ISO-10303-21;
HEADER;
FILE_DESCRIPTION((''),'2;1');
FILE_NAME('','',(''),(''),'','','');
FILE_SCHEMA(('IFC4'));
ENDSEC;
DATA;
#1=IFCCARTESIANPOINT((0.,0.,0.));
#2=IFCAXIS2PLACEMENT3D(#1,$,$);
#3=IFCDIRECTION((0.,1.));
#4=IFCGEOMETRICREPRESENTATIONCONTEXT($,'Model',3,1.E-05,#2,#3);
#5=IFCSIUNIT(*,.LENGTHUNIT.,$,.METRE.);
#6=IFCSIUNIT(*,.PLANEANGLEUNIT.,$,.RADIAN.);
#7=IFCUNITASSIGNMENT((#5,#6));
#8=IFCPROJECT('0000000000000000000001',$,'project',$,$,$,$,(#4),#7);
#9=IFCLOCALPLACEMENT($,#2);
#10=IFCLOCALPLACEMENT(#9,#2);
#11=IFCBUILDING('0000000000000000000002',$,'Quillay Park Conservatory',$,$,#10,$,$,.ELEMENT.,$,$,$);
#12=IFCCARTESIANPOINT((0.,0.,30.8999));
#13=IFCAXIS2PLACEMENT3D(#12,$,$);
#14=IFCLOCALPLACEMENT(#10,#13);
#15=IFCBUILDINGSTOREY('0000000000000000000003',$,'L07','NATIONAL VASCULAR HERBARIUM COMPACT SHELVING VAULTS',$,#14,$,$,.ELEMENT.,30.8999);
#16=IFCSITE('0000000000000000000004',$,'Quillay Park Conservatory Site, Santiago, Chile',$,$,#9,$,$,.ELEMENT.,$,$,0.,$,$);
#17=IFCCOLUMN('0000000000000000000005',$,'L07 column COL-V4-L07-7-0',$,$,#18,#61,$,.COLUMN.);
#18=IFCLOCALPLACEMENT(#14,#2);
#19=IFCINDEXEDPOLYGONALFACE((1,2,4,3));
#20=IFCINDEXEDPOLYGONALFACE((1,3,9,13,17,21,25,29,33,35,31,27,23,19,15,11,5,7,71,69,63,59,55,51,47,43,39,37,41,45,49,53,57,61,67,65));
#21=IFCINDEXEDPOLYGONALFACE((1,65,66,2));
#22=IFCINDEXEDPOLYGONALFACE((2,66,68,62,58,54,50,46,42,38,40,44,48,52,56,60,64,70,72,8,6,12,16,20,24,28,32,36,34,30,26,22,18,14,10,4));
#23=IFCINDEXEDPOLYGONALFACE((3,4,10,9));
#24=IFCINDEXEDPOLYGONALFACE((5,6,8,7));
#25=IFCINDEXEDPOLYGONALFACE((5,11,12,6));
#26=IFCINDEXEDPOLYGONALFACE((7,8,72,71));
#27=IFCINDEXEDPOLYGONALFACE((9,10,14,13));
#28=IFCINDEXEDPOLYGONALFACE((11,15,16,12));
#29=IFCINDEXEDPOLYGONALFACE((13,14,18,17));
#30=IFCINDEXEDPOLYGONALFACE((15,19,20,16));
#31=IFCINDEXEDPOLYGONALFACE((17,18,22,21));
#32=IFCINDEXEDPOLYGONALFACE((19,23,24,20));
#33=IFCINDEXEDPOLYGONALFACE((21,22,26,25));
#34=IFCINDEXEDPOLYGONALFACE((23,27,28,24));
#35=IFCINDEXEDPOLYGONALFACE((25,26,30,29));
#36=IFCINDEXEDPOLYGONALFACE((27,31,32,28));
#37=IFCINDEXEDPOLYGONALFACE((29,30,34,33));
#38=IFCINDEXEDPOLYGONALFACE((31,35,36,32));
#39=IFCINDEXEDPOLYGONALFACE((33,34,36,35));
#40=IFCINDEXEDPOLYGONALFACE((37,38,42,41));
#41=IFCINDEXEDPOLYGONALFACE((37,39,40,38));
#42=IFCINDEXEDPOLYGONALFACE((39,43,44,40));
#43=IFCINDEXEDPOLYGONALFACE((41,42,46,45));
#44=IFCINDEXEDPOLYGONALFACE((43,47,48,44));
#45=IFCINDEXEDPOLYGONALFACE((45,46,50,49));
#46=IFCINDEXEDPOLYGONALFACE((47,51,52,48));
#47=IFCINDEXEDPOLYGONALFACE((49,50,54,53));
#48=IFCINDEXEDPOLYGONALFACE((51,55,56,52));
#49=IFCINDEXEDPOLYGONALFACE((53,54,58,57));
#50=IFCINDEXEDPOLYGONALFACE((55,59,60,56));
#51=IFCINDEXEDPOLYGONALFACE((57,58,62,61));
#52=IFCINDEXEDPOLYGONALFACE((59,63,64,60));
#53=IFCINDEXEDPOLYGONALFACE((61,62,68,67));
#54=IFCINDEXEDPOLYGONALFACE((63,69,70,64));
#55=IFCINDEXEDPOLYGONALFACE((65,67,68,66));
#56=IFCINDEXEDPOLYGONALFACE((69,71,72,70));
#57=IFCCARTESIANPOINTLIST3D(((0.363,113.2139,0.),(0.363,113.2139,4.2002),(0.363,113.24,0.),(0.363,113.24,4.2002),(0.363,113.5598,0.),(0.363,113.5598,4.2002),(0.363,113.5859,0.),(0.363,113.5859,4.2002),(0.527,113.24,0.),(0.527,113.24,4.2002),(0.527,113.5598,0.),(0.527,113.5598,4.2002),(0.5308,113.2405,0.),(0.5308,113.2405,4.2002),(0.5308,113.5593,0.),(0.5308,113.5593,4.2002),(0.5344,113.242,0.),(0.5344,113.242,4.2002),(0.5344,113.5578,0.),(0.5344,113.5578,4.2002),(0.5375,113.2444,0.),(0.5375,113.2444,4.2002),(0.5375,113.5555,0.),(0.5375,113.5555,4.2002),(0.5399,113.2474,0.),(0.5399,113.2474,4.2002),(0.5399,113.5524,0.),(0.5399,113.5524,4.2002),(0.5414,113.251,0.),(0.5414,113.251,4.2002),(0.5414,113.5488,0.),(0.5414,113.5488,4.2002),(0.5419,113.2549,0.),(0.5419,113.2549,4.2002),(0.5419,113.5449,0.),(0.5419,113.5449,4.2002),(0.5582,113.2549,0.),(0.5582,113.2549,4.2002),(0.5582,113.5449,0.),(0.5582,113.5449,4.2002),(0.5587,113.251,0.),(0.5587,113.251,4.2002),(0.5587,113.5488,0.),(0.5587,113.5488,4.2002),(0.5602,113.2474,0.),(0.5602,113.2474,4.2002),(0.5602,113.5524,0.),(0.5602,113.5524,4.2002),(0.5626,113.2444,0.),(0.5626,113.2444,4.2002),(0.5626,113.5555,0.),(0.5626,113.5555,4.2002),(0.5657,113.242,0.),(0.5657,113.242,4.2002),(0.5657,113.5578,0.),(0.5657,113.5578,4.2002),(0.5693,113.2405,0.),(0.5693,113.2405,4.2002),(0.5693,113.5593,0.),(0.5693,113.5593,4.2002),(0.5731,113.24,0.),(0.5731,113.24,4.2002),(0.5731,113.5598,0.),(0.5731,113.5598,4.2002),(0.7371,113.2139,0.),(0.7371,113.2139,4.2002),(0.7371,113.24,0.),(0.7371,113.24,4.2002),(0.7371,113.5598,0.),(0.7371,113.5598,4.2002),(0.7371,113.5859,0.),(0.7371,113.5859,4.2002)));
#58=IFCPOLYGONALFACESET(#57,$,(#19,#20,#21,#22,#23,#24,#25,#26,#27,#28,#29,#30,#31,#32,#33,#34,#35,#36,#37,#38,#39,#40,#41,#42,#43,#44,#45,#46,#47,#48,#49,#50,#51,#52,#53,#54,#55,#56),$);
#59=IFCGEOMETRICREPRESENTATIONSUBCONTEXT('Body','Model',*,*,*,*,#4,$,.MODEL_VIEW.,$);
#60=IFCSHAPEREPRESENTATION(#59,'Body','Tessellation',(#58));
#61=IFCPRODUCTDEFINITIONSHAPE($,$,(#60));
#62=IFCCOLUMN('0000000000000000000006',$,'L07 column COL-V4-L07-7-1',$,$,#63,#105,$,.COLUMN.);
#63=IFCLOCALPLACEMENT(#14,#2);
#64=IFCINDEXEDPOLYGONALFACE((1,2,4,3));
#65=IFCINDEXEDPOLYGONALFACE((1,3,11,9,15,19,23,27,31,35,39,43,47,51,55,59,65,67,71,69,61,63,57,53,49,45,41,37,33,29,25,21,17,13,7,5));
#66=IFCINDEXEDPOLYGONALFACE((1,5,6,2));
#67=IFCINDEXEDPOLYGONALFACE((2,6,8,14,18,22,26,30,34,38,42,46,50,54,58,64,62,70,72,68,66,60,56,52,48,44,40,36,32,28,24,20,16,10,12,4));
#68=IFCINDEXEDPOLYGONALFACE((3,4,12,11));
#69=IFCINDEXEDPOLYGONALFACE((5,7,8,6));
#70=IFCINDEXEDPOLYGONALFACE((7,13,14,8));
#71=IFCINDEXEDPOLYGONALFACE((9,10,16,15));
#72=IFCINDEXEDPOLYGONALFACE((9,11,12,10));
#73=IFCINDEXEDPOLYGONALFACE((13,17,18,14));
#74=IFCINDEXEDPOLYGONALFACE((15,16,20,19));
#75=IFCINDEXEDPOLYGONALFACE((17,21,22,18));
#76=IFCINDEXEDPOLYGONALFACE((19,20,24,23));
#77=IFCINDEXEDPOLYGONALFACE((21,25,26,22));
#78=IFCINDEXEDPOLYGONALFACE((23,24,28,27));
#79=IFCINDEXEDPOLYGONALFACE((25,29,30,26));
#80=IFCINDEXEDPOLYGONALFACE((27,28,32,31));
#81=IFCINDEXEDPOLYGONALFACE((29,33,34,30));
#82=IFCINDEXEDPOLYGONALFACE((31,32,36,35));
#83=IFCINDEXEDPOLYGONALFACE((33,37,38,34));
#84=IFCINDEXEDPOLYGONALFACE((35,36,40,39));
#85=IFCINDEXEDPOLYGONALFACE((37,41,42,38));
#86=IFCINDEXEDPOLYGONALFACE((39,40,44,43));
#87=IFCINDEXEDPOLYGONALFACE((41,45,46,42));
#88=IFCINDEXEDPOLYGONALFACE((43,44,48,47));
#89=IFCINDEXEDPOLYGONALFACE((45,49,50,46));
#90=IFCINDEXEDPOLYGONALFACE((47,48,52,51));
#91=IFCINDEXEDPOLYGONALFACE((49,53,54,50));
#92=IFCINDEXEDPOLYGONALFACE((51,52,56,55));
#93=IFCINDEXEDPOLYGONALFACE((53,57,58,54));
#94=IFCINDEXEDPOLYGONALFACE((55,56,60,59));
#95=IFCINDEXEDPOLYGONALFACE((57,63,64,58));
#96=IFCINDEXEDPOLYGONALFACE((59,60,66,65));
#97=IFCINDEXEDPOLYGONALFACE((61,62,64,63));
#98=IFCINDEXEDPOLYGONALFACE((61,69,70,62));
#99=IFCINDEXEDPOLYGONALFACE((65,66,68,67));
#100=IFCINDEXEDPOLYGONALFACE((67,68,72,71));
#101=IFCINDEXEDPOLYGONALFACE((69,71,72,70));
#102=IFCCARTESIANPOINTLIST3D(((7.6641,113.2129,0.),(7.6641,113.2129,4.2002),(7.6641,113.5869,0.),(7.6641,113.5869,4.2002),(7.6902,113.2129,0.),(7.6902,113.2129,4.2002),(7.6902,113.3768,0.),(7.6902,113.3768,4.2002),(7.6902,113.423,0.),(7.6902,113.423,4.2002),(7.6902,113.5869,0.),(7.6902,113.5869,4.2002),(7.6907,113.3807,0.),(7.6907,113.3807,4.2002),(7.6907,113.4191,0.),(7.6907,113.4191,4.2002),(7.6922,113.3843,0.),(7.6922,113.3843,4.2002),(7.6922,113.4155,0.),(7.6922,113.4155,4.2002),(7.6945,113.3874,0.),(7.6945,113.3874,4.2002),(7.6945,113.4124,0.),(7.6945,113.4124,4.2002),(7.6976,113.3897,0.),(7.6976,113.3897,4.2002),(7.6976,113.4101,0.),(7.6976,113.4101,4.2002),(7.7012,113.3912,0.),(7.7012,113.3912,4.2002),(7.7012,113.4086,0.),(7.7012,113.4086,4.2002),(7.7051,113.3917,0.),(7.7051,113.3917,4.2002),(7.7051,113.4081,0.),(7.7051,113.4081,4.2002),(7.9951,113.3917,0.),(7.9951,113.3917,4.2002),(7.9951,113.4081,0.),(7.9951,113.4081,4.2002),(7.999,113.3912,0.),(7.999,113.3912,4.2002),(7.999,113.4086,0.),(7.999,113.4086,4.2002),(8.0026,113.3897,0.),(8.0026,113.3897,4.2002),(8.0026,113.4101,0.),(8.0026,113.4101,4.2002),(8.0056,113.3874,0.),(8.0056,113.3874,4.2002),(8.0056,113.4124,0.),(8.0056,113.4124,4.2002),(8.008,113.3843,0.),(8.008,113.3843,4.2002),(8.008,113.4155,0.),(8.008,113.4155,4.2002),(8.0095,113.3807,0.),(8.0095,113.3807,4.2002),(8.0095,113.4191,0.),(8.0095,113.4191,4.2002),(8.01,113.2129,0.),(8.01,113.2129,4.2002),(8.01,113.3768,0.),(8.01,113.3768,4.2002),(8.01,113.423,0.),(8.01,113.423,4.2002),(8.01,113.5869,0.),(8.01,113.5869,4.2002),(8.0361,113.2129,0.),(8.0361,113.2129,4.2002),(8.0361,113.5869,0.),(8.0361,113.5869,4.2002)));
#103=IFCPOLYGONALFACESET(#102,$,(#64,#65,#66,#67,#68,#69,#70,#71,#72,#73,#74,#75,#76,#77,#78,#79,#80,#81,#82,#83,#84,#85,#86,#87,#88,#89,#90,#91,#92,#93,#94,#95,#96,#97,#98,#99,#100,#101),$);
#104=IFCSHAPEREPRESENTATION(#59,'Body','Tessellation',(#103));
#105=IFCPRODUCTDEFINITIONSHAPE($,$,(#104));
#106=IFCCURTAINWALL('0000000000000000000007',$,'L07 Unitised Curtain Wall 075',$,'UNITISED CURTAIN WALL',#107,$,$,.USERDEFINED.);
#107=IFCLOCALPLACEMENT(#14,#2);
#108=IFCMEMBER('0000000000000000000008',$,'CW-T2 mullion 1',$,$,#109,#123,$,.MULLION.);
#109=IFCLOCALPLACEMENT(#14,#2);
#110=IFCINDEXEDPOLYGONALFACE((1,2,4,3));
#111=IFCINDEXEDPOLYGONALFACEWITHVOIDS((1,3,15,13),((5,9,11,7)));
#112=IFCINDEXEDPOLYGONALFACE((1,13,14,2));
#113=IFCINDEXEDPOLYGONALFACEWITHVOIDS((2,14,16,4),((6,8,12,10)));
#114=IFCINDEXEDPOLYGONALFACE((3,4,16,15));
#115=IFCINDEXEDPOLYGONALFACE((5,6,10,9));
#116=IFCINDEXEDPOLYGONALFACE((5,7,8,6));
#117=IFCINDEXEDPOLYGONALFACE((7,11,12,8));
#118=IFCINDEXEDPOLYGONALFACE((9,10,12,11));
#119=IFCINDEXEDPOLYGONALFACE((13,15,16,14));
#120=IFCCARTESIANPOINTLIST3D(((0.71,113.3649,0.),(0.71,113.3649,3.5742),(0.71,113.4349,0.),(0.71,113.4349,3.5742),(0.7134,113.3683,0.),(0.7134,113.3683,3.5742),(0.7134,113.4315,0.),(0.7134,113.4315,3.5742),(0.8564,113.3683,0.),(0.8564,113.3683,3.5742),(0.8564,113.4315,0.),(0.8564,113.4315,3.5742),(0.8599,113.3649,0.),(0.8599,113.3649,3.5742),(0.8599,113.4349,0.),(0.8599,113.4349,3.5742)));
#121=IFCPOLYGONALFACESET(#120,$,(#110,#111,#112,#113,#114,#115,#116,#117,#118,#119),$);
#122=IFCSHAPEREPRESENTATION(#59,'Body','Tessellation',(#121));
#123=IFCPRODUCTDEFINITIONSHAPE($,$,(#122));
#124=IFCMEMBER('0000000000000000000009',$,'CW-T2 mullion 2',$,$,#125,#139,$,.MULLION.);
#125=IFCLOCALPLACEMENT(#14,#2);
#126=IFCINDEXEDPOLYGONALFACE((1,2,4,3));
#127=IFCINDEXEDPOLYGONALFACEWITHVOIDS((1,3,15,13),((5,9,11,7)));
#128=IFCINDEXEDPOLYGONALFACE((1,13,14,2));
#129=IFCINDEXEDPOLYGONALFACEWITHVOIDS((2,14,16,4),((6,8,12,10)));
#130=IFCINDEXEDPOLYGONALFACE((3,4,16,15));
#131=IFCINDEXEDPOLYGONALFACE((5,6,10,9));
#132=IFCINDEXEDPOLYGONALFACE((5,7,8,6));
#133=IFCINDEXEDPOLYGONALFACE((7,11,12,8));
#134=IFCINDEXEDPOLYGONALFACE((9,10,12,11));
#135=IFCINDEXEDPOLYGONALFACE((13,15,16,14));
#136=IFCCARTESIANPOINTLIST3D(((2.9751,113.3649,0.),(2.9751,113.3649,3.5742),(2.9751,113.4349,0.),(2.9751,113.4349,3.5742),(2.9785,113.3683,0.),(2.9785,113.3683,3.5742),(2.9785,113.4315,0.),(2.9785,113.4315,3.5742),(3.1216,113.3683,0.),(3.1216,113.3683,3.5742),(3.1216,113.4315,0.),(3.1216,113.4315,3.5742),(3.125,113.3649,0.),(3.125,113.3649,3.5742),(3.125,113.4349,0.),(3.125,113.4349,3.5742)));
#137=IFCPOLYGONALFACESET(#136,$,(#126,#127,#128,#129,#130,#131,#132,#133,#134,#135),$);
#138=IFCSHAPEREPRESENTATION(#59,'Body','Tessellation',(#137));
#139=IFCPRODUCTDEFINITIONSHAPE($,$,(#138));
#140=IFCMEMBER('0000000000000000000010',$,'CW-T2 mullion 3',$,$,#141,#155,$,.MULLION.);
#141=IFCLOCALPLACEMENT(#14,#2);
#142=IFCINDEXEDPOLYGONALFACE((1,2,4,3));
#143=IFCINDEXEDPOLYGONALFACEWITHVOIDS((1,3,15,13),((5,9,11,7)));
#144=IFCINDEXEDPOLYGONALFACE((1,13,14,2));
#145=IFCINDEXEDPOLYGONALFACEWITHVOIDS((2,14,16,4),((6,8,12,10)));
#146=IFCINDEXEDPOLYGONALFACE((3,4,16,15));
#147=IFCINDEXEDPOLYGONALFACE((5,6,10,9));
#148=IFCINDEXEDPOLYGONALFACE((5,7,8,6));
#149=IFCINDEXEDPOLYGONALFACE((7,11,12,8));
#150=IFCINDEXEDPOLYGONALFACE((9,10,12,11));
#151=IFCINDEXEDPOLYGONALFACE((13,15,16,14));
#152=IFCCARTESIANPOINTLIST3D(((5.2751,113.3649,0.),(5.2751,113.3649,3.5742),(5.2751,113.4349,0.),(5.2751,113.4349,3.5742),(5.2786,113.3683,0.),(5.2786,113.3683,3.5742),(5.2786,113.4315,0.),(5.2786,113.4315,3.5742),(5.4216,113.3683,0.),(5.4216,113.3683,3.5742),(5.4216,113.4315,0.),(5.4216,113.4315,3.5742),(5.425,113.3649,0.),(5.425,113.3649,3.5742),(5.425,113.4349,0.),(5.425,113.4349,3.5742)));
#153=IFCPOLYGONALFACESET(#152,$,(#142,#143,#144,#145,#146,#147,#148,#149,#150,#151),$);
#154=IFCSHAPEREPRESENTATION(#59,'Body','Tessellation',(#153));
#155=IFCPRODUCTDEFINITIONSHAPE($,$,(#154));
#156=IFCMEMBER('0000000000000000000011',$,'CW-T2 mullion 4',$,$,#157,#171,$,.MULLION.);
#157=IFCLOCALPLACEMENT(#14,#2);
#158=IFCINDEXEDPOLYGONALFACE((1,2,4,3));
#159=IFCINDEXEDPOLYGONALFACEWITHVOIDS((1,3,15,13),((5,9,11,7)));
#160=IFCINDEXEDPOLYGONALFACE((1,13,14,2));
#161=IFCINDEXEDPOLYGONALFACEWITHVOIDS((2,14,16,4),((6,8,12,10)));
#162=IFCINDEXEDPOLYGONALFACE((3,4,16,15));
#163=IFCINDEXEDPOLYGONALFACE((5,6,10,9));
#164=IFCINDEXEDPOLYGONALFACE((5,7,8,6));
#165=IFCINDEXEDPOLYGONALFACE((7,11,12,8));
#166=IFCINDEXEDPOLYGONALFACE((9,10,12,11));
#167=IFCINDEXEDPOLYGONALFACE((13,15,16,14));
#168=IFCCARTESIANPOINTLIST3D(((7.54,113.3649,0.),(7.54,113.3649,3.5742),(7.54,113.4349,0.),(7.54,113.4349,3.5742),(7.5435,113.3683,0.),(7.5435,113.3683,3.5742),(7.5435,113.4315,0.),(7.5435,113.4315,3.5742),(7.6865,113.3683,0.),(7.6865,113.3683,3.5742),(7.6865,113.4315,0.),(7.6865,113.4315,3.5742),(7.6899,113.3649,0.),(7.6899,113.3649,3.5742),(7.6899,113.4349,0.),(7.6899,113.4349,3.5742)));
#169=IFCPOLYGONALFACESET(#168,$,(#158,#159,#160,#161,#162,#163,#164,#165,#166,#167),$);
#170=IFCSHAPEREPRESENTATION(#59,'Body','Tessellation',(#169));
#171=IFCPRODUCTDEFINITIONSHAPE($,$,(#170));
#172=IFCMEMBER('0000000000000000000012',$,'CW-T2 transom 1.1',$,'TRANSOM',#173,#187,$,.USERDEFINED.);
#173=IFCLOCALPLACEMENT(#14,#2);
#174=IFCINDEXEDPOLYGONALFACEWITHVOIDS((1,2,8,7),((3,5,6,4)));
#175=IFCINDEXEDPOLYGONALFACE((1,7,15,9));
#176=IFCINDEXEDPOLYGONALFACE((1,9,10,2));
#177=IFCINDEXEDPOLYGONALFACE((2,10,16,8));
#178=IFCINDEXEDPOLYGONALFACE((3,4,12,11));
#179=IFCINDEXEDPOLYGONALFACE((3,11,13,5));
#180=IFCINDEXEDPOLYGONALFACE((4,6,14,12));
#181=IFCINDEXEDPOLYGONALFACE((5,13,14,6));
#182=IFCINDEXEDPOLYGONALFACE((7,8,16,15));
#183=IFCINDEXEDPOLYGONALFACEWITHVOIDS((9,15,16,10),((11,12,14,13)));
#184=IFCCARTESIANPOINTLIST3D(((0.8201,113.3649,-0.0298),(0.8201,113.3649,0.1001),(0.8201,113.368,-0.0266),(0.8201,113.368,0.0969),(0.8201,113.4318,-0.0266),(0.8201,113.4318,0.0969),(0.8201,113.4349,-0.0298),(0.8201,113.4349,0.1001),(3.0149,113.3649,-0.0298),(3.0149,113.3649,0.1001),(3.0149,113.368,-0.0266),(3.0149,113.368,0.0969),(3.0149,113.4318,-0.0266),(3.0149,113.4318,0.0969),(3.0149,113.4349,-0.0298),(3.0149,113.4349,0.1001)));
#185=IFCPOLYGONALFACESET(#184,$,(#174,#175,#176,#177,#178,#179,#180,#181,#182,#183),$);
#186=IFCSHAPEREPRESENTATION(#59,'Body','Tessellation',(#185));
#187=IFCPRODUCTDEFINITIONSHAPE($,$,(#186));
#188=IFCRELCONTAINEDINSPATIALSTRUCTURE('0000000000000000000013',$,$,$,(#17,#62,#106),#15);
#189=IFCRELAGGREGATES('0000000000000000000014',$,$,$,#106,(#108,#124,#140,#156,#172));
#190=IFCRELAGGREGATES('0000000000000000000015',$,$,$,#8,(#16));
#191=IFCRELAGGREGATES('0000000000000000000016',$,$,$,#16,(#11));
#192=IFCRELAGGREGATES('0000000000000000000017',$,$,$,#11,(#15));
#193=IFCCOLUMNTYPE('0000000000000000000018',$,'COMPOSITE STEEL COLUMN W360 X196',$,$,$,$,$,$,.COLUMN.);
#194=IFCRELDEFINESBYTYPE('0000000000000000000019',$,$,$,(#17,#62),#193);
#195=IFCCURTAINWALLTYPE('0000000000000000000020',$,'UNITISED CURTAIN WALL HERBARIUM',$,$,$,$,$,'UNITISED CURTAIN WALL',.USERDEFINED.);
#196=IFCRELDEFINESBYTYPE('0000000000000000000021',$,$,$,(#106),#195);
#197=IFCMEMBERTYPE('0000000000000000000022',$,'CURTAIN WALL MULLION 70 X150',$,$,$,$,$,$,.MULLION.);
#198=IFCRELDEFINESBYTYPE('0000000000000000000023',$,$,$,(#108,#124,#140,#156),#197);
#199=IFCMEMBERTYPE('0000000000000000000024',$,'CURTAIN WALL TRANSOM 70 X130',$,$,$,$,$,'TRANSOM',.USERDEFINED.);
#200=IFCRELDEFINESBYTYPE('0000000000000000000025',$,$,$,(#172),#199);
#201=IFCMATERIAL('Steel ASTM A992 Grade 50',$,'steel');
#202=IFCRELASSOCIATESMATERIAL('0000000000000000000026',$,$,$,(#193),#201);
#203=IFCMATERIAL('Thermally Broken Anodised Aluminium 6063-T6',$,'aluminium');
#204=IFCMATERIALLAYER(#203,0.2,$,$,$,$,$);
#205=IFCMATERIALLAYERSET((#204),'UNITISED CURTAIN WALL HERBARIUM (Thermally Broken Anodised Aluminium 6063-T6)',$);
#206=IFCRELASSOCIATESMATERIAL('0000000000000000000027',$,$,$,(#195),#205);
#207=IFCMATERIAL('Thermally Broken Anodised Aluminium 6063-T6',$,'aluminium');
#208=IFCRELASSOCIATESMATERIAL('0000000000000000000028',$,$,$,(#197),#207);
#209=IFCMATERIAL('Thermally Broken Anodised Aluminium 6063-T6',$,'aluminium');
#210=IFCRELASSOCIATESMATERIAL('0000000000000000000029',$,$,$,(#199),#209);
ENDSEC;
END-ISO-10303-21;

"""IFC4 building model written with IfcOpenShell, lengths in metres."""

from ifc_helpers import new_model, si_unit, direction, frame, origin, origin_2d, place, context, subcontext, project, spatial, hollow_rectangle, i_section, extrude, material, layer, layer_set, material_profile, profile_set, type_object, element, aggregate, save


model = new_model("IFC4")

# Units and contexts
model_context = context("Model", 3, precision=1e-05, world=origin(), true_north=direction((0.0, 1.0)))
body_context = subcontext(model_context, "Body", "Model", "MODEL_VIEW")
ifc_project = project(units=[si_unit("LENGTHUNIT", "METRE"), si_unit("PLANEANGLEUNIT", "RADIAN")], contexts=[model_context])

# Site, building, storey
site_placement = place(None, origin())
site = spatial("IfcSite", under=ifc_project, at=site_placement, Name="Quillay Park Conservatory Site, Santiago, Chile", CompositionType="ELEMENT", RefElevation=0.0)
building_placement = place(site_placement, origin())
building = spatial("IfcBuilding", under=site, at=building_placement, Name="Quillay Park Conservatory", CompositionType="ELEMENT")
storey_placement = place(building_placement, frame((0.0, 0.0, 30.8999)))
storey = spatial("IfcBuildingStorey", under=building, at=storey_placement, Name="L07", Description="NATIONAL VASCULAR HERBARIUM COMPACT SHELVING VAULTS", CompositionType="ELEMENT", Elevation=30.8999)

# Columns
ifc_material_1 = material(Name="Steel ASTM A992 Grade 50", Category="steel")
ifc_material_profile_1 = material_profile(ifc_material_1, i_section(OverallWidth=0.374, OverallDepth=0.3721, WebThickness=0.0164, FlangeThickness=0.0261, FilletRadius=0.0149, at=origin_2d()), Name="W360x196")
ifc_profile_set_1 = profile_set([ifc_material_profile_1], Name="Steel ASTM A992 Grade 50")
column_type = type_object("IfcColumnType", Name="COMPOSITE STEEL COLUMN W360 X196", PredefinedType="COLUMN", material=ifc_profile_set_1)
for number, where, z_axis, x_axis, name in (
    (1, (0.55, 113.3999, 0.0), (0.0, 0.0, 1.0), (1.0, 0.0, 0.0), "L07 column COL-V4-L07-7-0"),
    (2, (7.8501, 113.3999, 0.0), (0.0, 0.0, 1.0), (0.0, 1.0, 0.0), "L07 column COL-V4-L07-7-1"),
):
    element("IfcColumn", number, at=place(storey_placement, frame(where, z_axis=z_axis, x_axis=x_axis)), inside=storey, type_object=column_type, Name=name, PredefinedType="COLUMN", context=body_context, shape_type="SweptSolid", body=[
        extrude(i_section(OverallWidth=0.374, OverallDepth=0.3721, WebThickness=0.0164, FlangeThickness=0.0261, FilletRadius=0.0149, at=origin_2d()), origin(), (0.0, 0.0, 1.0), 4.2002),
    ])

# Curtain wall, members
ifc_material_2 = material(Name="Thermally Broken Anodised Aluminium 6063-T6", Category="aluminium")
ifc_layer_1 = layer(ifc_material_2, 0.2)
ifc_layer_set_1 = layer_set([ifc_layer_1], Name="UNITISED CURTAIN WALL HERBARIUM (Thermally Broken Anodised Aluminium 6063-T6)")
curtain_wall_type = type_object("IfcCurtainWallType", Name="UNITISED CURTAIN WALL HERBARIUM", ElementType="UNITISED CURTAIN WALL", PredefinedType="USERDEFINED", material=ifc_layer_set_1)
curtain_wall_placement = place(storey_placement, origin())
curtain_wall = element("IfcCurtainWall", 3, at=curtain_wall_placement, inside=storey, type_object=curtain_wall_type, Name="L07 Unitised Curtain Wall 075", ObjectType="UNITISED CURTAIN WALL", PredefinedType="USERDEFINED")
ifc_material_3 = material(Name="Thermally Broken Anodised Aluminium 6063-T6", Category="aluminium")
ifc_material_profile_2 = material_profile(ifc_material_3, hollow_rectangle(XDim=0.0701, YDim=0.1499, WallThickness=0.0034, at=origin_2d()), Name="AL70x150x3.5")
ifc_profile_set_2 = profile_set([ifc_material_profile_2], Name="Thermally Broken Anodised Aluminium 6063-T6")
member_type_1 = type_object("IfcMemberType", Name="CURTAIN WALL MULLION 70 X150", PredefinedType="MULLION", material=ifc_profile_set_2)
member_1_placement = place(storey_placement, frame((0.7849, 113.3999, 0.0), z_axis=(0.0, 0.0, 1.0), x_axis=(0.0, 1.0, 0.0)))
member_1 = element("IfcMember", 4, at=member_1_placement, type_object=member_type_1, Name="CW-T2 mullion 1", PredefinedType="MULLION", context=body_context, shape_type="SweptSolid", body=[
    extrude(hollow_rectangle(XDim=0.0701, YDim=0.1499, WallThickness=0.0034, at=origin_2d()), origin(), (0.0, 0.0, 1.0), 3.5742),
])
member_2_placement = place(storey_placement, frame((3.05, 113.3999, 0.0), z_axis=(0.0, 0.0, 1.0), x_axis=(0.0, 1.0, 0.0)))
member_2 = element("IfcMember", 5, at=member_2_placement, type_object=member_type_1, Name="CW-T2 mullion 2", PredefinedType="MULLION", context=body_context, shape_type="SweptSolid", body=[
    extrude(hollow_rectangle(XDim=0.0701, YDim=0.1499, WallThickness=0.0034, at=origin_2d()), origin(), (0.0, 0.0, 1.0), 3.5742),
])
member_3_placement = place(storey_placement, frame((5.3501, 113.3999, 0.0), z_axis=(0.0, 0.0, 1.0), x_axis=(0.0, 1.0, 0.0)))
member_3 = element("IfcMember", 6, at=member_3_placement, type_object=member_type_1, Name="CW-T2 mullion 3", PredefinedType="MULLION", context=body_context, shape_type="SweptSolid", body=[
    extrude(hollow_rectangle(XDim=0.0701, YDim=0.1499, WallThickness=0.0034, at=origin_2d()), origin(), (0.0, 0.0, 1.0), 3.5742),
])
member_4_placement = place(storey_placement, frame((7.615, 113.3999, 0.0), z_axis=(0.0, 0.0, 1.0), x_axis=(0.0, 1.0, 0.0)))
member_4 = element("IfcMember", 7, at=member_4_placement, type_object=member_type_1, Name="CW-T2 mullion 4", PredefinedType="MULLION", context=body_context, shape_type="SweptSolid", body=[
    extrude(hollow_rectangle(XDim=0.0701, YDim=0.1499, WallThickness=0.0034, at=origin_2d()), origin(), (0.0, 0.0, 1.0), 3.5742),
])
ifc_material_4 = material(Name="Thermally Broken Anodised Aluminium 6063-T6", Category="aluminium")
ifc_material_profile_3 = material_profile(ifc_material_4, hollow_rectangle(XDim=0.0701, YDim=0.1299, WallThickness=0.0032, at=origin_2d()), Name="AL70x130x3.2")
ifc_profile_set_3 = profile_set([ifc_material_profile_3], Name="Thermally Broken Anodised Aluminium 6063-T6")
member_type_2 = type_object("IfcMemberType", Name="CURTAIN WALL TRANSOM 70 X130", ElementType="TRANSOM", PredefinedType="USERDEFINED", material=ifc_profile_set_3)
member_5_placement = place(storey_placement, frame((0.8201, 113.3999, 0.0352), z_axis=(1.0, 0.0, 0.0), x_axis=(0.0, 1.0, 0.0)))
member_5 = element("IfcMember", 8, at=member_5_placement, type_object=member_type_2, Name="CW-T2 transom 1.1", ObjectType="TRANSOM", PredefinedType="USERDEFINED", context=body_context, shape_type="SweptSolid", body=[
    extrude(hollow_rectangle(XDim=0.0701, YDim=0.1299, WallThickness=0.0032, at=origin_2d()), origin(), (0.0, 0.0, 1.0), 2.1948),
])

aggregate(curtain_wall, [member_1, member_2, member_3, member_4, member_5])

save(model, "model.ifc")
